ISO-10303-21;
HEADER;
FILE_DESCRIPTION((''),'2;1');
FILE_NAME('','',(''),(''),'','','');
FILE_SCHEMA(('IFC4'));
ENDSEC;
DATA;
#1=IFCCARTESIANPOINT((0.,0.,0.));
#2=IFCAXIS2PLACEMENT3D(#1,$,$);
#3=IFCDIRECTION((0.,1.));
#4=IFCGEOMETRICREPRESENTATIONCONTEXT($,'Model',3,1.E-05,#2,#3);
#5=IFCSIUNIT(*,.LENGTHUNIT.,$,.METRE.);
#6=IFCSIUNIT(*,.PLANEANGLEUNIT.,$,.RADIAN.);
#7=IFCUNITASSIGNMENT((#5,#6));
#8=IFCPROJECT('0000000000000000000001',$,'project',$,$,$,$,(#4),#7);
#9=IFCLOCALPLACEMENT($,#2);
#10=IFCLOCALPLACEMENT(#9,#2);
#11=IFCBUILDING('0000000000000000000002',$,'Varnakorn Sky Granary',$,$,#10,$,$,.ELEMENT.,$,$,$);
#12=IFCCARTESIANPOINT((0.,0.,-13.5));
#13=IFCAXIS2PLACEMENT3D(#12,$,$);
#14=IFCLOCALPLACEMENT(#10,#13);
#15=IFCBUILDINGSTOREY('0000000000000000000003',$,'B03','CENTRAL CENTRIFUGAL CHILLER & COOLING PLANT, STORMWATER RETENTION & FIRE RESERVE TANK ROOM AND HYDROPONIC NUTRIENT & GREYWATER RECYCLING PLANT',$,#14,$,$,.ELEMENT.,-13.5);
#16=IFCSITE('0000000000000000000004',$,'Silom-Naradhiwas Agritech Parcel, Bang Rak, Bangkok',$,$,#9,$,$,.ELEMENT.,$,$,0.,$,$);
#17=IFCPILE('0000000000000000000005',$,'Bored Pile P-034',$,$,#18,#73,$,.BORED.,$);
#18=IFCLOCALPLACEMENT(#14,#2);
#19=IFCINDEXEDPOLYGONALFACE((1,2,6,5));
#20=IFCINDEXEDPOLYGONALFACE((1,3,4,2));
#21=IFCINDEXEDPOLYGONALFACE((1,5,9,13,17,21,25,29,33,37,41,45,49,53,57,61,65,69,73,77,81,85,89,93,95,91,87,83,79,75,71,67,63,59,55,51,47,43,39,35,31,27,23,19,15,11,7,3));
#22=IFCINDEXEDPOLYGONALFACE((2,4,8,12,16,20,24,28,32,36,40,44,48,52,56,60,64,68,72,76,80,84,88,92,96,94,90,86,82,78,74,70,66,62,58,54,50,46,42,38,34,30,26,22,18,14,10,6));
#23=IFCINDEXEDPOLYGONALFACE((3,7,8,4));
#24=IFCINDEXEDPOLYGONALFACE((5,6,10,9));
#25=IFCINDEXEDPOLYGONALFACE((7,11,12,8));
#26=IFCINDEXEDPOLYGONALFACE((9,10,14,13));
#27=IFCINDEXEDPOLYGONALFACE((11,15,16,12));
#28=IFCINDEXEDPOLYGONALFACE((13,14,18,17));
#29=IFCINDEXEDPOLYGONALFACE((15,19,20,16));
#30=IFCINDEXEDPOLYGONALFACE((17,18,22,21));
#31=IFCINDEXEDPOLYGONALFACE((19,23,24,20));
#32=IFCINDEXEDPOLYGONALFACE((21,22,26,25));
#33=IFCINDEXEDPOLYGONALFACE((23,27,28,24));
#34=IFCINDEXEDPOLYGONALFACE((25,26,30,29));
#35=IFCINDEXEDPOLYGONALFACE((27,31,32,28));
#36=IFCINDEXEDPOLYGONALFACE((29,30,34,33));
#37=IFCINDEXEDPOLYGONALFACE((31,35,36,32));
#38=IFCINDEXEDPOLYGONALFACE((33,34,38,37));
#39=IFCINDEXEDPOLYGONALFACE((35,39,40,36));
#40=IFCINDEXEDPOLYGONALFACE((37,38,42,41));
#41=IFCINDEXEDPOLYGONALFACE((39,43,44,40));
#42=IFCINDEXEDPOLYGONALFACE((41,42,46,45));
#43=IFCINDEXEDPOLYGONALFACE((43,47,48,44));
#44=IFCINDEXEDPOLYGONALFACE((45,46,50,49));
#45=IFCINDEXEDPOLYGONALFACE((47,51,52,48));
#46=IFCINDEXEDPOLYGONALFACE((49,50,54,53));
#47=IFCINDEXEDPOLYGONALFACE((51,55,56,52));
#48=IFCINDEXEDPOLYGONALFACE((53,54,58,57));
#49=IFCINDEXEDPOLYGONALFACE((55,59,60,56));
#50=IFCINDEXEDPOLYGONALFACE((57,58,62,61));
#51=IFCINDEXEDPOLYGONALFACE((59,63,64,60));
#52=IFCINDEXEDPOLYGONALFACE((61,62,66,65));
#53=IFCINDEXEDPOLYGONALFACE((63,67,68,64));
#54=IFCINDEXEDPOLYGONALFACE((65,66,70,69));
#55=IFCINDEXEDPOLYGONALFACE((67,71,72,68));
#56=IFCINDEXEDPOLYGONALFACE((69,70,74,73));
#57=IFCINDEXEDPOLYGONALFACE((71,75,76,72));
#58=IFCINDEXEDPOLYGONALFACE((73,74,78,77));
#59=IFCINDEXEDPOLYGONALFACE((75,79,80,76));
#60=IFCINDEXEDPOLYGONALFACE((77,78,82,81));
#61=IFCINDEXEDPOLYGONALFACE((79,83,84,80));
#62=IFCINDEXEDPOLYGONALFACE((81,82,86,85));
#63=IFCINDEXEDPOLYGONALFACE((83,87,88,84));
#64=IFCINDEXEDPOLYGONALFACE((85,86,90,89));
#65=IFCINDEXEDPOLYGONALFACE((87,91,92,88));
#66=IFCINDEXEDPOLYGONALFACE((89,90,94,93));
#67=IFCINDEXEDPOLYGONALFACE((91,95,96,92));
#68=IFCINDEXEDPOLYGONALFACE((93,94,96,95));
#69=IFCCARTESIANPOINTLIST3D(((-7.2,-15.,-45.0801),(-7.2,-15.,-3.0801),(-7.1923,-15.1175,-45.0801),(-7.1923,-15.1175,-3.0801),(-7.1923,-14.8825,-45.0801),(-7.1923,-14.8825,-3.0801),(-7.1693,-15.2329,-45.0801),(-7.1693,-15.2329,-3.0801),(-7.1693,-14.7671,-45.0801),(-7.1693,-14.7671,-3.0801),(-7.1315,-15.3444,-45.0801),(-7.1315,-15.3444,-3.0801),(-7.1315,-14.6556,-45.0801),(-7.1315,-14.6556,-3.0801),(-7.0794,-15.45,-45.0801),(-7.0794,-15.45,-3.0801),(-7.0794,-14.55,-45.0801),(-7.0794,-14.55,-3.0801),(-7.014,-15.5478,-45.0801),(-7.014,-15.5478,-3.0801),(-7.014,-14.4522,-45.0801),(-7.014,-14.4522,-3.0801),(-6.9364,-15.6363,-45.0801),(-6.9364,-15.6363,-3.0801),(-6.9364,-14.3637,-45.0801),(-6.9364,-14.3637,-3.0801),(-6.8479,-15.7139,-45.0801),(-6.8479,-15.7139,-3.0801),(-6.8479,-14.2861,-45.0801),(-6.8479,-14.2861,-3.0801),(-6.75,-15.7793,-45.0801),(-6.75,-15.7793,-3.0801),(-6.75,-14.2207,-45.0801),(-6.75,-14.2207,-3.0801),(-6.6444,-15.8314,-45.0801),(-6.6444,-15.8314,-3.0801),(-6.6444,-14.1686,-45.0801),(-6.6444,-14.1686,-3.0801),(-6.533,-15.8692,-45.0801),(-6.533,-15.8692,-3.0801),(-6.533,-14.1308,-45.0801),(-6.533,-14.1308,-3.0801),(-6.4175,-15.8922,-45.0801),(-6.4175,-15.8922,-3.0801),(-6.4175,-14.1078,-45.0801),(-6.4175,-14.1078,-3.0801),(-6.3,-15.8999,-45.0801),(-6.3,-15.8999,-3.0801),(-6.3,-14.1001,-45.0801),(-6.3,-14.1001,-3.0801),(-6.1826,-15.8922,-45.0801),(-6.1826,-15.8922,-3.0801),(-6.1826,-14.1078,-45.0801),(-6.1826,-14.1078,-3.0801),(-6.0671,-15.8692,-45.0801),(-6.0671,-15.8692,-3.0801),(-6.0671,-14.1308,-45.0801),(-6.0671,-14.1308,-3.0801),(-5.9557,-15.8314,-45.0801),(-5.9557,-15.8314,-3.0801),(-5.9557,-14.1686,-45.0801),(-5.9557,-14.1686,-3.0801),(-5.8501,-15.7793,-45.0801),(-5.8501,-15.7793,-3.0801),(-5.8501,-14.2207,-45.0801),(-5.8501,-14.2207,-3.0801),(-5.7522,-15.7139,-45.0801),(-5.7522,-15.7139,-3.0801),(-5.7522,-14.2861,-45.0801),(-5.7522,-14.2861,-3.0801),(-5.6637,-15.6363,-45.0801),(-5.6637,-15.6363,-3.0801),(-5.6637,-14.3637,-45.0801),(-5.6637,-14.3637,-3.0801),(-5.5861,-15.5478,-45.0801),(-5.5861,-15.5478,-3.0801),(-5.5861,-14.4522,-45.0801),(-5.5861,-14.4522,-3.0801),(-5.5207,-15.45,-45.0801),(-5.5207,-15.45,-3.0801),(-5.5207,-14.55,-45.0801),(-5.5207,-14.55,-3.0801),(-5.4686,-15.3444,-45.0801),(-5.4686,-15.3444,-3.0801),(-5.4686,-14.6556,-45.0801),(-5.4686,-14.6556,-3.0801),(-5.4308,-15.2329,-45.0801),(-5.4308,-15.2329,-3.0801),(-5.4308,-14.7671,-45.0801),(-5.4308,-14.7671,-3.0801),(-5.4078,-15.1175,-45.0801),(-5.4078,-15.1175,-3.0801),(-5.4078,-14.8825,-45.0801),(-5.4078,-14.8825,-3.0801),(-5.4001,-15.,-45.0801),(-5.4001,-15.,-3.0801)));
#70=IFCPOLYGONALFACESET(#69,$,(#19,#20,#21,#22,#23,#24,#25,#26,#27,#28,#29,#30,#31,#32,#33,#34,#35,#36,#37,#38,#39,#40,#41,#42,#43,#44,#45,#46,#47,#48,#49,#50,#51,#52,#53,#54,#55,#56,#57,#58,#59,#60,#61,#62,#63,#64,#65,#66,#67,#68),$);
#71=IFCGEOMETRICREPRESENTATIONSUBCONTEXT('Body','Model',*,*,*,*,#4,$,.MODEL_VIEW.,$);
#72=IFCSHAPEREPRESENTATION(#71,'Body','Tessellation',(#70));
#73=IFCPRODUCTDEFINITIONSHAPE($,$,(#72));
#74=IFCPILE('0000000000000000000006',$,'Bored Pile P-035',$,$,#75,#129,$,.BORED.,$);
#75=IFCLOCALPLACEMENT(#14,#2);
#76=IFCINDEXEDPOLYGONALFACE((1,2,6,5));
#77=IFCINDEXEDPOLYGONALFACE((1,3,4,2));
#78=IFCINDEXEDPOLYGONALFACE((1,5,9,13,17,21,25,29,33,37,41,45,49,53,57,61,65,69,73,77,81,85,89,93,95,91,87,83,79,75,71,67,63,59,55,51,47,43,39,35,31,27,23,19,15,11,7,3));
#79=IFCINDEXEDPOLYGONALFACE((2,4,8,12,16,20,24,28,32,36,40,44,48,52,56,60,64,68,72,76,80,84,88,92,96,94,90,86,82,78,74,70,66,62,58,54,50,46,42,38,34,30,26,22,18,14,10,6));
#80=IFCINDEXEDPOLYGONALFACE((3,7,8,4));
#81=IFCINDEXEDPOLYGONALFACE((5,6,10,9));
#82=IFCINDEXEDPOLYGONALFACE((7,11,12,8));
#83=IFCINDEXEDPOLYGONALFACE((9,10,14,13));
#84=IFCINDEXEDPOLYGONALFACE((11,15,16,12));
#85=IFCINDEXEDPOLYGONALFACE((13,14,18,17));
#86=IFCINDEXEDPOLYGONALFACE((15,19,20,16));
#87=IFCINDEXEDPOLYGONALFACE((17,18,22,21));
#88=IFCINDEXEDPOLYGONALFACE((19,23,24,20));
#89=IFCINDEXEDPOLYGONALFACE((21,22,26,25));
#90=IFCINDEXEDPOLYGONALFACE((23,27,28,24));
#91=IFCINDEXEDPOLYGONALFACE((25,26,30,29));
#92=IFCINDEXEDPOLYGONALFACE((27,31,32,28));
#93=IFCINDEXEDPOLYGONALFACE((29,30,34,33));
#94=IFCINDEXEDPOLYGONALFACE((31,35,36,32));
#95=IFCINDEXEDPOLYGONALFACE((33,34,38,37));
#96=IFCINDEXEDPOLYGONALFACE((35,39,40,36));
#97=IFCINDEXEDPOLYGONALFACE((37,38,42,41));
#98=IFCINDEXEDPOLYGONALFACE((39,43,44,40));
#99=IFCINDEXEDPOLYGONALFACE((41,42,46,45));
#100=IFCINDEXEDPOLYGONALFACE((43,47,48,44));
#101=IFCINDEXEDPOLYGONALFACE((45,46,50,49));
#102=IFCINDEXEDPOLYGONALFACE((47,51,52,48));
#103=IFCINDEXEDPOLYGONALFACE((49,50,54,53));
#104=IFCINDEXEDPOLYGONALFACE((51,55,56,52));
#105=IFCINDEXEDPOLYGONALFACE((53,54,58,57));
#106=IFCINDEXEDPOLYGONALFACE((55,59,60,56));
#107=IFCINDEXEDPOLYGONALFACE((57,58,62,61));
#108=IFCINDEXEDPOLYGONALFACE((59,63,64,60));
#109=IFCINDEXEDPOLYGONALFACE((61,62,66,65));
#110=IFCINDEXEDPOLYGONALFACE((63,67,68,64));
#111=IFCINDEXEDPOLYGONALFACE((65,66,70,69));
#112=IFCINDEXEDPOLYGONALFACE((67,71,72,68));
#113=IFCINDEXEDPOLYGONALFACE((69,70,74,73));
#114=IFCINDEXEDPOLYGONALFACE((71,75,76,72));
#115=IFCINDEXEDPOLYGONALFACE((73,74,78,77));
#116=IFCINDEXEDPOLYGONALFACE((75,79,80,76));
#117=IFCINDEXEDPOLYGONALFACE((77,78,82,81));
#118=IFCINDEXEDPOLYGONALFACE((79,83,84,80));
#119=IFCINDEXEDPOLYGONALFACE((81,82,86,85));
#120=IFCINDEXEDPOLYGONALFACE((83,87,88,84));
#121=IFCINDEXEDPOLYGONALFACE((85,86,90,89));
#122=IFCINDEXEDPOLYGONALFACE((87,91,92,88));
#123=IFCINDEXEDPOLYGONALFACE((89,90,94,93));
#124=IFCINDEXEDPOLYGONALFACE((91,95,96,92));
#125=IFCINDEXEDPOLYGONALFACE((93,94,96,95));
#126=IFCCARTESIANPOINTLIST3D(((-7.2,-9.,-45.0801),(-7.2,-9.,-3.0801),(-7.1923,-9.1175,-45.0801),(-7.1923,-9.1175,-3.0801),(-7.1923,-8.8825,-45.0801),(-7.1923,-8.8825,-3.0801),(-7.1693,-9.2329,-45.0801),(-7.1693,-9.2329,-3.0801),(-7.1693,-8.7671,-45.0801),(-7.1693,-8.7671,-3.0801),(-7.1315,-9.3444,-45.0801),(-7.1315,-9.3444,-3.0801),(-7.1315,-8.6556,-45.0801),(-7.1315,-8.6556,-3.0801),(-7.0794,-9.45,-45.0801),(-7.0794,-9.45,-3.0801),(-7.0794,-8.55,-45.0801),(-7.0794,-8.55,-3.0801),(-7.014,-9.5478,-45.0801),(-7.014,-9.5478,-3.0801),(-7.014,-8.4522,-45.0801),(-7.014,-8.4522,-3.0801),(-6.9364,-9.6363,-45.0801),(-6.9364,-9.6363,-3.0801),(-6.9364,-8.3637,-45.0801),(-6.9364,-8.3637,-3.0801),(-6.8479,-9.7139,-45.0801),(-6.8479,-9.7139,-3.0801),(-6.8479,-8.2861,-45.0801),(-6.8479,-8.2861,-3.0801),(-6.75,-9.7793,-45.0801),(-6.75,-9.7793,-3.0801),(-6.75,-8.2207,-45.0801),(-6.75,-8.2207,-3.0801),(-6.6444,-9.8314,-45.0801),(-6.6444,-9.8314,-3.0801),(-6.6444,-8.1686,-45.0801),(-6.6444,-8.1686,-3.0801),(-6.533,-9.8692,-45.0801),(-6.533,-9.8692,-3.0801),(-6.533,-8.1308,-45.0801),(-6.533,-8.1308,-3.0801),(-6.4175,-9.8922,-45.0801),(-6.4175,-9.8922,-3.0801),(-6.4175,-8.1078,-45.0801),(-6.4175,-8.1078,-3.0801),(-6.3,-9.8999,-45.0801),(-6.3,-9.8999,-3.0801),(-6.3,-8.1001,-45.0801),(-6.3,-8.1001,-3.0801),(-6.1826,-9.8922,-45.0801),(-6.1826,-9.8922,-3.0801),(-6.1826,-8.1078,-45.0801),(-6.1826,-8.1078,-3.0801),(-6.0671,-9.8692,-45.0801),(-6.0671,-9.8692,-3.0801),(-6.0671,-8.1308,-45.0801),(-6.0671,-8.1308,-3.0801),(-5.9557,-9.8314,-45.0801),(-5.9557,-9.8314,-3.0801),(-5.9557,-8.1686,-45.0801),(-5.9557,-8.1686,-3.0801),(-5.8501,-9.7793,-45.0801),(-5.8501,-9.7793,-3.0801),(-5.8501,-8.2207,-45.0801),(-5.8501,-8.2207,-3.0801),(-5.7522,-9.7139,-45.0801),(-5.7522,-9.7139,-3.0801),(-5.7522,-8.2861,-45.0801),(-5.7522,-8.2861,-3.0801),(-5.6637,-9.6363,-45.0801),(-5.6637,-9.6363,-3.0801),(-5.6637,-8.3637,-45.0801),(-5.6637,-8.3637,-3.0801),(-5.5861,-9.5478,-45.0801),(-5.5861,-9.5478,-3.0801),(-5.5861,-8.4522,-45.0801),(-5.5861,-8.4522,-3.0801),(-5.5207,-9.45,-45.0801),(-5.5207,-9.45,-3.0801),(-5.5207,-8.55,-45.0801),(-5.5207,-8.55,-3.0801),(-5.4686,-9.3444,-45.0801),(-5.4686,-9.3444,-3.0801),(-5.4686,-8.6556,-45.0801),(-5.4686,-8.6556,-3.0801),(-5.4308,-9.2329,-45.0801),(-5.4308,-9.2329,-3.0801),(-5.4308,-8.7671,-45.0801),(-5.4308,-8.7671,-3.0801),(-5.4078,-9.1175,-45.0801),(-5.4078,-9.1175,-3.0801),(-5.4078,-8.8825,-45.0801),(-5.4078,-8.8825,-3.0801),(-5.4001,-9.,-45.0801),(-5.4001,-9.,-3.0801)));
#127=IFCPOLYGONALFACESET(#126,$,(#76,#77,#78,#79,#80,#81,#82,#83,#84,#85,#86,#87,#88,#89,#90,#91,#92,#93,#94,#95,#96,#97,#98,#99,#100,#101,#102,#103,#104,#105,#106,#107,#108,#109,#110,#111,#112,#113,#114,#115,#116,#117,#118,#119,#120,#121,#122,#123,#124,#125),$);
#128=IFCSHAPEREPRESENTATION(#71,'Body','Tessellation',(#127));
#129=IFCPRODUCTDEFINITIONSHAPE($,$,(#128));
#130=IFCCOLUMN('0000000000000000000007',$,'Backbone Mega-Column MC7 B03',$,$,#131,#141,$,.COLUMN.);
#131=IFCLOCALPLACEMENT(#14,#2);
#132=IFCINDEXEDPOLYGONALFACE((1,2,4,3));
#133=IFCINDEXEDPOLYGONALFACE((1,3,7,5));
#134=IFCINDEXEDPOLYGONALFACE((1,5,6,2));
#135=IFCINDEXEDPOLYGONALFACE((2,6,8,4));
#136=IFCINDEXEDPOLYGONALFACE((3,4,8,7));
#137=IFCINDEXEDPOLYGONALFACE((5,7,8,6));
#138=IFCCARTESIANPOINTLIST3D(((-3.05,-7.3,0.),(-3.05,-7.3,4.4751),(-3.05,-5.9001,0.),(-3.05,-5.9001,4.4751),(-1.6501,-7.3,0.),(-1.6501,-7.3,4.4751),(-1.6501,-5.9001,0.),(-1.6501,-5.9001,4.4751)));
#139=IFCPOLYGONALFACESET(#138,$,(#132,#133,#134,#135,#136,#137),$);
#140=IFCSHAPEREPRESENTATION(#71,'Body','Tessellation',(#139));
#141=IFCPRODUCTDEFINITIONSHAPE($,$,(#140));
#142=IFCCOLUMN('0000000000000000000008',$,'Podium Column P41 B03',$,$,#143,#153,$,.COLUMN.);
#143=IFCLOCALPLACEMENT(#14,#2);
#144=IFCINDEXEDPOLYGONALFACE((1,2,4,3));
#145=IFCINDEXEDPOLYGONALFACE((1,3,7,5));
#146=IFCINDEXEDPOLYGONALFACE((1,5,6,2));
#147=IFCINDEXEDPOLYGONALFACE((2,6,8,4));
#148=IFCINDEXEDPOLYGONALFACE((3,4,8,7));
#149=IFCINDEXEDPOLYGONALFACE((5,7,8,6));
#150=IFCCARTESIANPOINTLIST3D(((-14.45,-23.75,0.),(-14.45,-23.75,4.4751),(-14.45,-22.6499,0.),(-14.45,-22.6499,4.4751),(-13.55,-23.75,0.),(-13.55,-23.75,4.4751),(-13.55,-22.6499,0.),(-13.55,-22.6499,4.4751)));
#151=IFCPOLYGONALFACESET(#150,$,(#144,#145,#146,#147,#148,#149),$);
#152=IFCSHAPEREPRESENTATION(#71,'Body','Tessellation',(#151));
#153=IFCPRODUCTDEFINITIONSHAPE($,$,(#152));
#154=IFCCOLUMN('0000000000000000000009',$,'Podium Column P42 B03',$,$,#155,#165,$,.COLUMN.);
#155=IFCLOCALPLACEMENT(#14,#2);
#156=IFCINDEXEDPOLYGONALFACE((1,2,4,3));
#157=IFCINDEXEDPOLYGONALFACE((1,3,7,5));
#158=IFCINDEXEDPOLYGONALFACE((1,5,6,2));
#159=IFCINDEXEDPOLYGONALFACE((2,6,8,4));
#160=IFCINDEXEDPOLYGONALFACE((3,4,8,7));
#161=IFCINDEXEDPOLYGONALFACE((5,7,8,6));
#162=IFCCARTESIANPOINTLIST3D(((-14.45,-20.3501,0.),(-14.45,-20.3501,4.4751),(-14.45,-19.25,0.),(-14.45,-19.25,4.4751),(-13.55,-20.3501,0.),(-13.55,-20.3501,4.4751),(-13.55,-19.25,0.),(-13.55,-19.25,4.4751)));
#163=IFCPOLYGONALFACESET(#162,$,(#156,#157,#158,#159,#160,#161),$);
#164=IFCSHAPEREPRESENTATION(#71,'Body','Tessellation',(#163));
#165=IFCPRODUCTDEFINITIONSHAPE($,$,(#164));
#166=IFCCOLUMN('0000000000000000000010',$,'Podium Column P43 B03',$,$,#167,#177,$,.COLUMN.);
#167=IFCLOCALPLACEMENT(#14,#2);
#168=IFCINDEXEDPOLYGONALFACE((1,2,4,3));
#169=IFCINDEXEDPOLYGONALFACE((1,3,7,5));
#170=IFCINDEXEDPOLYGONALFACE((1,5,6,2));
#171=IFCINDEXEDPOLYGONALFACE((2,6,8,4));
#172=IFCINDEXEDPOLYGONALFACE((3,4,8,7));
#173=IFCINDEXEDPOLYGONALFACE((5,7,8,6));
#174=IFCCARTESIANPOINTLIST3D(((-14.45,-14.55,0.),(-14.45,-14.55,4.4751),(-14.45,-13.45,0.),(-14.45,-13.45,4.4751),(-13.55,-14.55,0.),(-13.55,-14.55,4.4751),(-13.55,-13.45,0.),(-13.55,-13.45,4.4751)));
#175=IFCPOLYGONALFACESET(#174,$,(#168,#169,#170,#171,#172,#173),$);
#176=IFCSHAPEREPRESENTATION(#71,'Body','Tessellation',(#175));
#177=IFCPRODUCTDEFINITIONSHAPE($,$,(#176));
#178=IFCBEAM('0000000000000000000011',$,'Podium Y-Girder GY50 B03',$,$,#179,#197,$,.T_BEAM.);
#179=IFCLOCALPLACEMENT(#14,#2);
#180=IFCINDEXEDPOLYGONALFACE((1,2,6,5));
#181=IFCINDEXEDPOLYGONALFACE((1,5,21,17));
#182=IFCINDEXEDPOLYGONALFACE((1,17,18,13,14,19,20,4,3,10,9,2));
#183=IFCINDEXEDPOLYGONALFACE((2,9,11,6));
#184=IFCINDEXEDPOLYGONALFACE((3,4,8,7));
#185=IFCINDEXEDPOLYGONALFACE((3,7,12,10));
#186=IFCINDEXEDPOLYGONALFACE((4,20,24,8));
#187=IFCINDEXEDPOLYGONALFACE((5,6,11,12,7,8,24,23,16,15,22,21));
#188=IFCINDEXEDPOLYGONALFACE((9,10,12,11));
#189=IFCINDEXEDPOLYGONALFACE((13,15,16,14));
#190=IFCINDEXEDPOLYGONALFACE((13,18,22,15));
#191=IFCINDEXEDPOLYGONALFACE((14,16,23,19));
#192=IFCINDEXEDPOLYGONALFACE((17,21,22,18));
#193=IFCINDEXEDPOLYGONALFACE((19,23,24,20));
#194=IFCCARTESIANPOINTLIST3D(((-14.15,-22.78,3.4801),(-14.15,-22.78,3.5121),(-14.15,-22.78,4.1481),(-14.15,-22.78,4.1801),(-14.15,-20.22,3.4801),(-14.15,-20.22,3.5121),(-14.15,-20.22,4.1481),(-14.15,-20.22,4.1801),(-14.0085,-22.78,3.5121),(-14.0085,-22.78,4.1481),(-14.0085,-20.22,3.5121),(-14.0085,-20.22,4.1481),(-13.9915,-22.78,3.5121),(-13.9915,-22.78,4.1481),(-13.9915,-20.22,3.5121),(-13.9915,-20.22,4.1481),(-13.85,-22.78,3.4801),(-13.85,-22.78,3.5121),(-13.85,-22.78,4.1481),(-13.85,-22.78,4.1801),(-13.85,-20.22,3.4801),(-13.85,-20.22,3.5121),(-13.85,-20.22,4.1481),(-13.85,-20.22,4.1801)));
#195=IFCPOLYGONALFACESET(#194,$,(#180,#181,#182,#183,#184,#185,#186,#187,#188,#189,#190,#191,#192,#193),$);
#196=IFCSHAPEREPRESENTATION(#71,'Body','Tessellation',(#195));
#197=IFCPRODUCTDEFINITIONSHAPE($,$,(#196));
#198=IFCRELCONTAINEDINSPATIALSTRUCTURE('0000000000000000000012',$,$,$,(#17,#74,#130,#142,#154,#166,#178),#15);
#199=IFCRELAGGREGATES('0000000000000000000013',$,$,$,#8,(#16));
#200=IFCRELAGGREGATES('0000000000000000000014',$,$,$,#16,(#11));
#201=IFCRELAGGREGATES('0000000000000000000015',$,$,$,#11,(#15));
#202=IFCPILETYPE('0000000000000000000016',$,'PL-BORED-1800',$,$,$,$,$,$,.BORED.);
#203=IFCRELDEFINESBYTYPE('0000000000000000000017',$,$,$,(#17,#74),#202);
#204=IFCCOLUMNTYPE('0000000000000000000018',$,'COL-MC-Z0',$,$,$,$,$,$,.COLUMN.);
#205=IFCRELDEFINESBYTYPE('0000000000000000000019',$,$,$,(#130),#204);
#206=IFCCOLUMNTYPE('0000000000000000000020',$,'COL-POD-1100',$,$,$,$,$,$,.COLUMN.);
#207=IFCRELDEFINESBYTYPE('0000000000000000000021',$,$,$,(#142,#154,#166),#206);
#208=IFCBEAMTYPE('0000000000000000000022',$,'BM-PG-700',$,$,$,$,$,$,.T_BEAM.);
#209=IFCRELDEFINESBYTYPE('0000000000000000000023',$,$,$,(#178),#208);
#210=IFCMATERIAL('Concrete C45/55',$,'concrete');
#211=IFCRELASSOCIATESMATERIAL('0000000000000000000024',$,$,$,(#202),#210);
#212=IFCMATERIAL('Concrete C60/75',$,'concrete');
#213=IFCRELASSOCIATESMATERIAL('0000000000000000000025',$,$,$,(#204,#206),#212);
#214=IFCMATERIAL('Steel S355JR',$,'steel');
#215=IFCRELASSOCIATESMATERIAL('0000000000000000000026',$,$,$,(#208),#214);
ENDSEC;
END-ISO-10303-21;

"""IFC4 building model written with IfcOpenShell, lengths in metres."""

from ifc_helpers import new_model, si_unit, direction, frame, origin, origin_2d, place, context, subcontext, project, spatial, rectangle, circle, i_section, extrude, material, material_profile, profile_set, type_object, element, save


model = new_model("IFC4")

# Units and contexts
model_context = context("Model", 3, precision=1e-05, world=origin(), true_north=direction((0.0, 1.0)))
body_context = subcontext(model_context, "Body", "Model", "MODEL_VIEW")
ifc_project = project(units=[si_unit("LENGTHUNIT", "METRE"), si_unit("PLANEANGLEUNIT", "RADIAN")], contexts=[model_context])

# Site, building, storey
site_placement = place(None, origin())
site = spatial("IfcSite", under=ifc_project, at=site_placement, Name="Silom-Naradhiwas Agritech Parcel, Bang Rak, Bangkok", CompositionType="ELEMENT", RefElevation=0.0)
building_placement = place(site_placement, origin())
building = spatial("IfcBuilding", under=site, at=building_placement, Name="Varnakorn Sky Granary", CompositionType="ELEMENT")
storey_placement = place(building_placement, frame((0.0, 0.0, -13.5)))
storey = spatial("IfcBuildingStorey", under=building, at=storey_placement, Name="B03", Description="CENTRAL CENTRIFUGAL CHILLER & COOLING PLANT, STORMWATER RETENTION & FIRE RESERVE TANK ROOM AND HYDROPONIC NUTRIENT & GREYWATER RECYCLING PLANT", CompositionType="ELEMENT", Elevation=-13.5)

# Piles
ifc_material_1 = material(Name="Concrete C45/55", Category="concrete")
ifc_material_profile_1 = material_profile(ifc_material_1, circle(Radius=0.8999, at=origin_2d()), Name="PILE D1800")
ifc_profile_set_1 = profile_set([ifc_material_profile_1], Name="Concrete C45/55")
pile_type_1 = type_object("IfcPileType", Name="PL-BORED-1800", PredefinedType="BORED", material=ifc_profile_set_1)
for number, where, z_axis, x_axis, name in (
    (1, (-6.3, -15.0, -3.0801), (0.0, 0.0, -1.0), (1.0, 0.0, 0.0), "Bored Pile P-034"),
    (2, (-6.3, -9.0, -3.0801), (0.0, 0.0, -1.0), (1.0, 0.0, 0.0), "Bored Pile P-035"),
):
    element("IfcPile", number, at=place(storey_placement, frame(where, z_axis=z_axis, x_axis=x_axis)), inside=storey, type_object=pile_type_1, Name=name, PredefinedType="BORED", context=body_context, shape_type="SweptSolid", body=[
        extrude(circle(Radius=0.8999, at=origin_2d()), origin(), (0.0, 0.0, 1.0), 42.0),
    ])

# Columns
ifc_material_2 = material(Name="Concrete C60/75", Category="concrete")
ifc_material_profile_2 = material_profile(ifc_material_2, rectangle(XDim=1.3999, YDim=1.3999, at=origin_2d()), Name="RC 1400x1400")
ifc_profile_set_2 = profile_set([ifc_material_profile_2], Name="Concrete C60/75")
column_type_1 = type_object("IfcColumnType", Name="COL-MC-Z0", PredefinedType="COLUMN", material=ifc_profile_set_2)
column_placement = place(storey_placement, frame((-2.3501, -6.6001, 0.0), z_axis=(0.0, 0.0, 1.0), x_axis=(1.0, 0.0, 0.0)))
element("IfcColumn", 3, at=column_placement, inside=storey, type_object=column_type_1, Name="Backbone Mega-Column MC7 B03", PredefinedType="COLUMN", context=body_context, shape_type="SweptSolid", body=[
    extrude(rectangle(XDim=1.3999, YDim=1.3999, at=origin_2d()), origin(), (0.0, 0.0, 1.0), 4.4751),
])
ifc_material_profile_3 = material_profile(ifc_material_2, rectangle(XDim=0.8999, YDim=1.1001, at=origin_2d()), Name="RC 900x1100")
ifc_profile_set_3 = profile_set([ifc_material_profile_3], Name="Concrete C60/75")
column_type_2 = type_object("IfcColumnType", Name="COL-POD-1100", PredefinedType="COLUMN", material=ifc_profile_set_3)
for number, where, z_axis, x_axis, name in (
    (4, (-14.0, -23.2, 0.0), (0.0, 0.0, 1.0), (1.0, 0.0, 0.0), "Podium Column P41 B03"),
    (5, (-14.0, -19.8, 0.0), (0.0, 0.0, 1.0), (1.0, 0.0, 0.0), "Podium Column P42 B03"),
    (6, (-14.0, -14.0, 0.0), (0.0, 0.0, 1.0), (1.0, 0.0, 0.0), "Podium Column P43 B03"),
):
    element("IfcColumn", number, at=place(storey_placement, frame(where, z_axis=z_axis, x_axis=x_axis)), inside=storey, type_object=column_type_2, Name=name, PredefinedType="COLUMN", context=body_context, shape_type="SweptSolid", body=[
        extrude(rectangle(XDim=0.8999, YDim=1.1001, at=origin_2d()), origin(), (0.0, 0.0, 1.0), 4.4751),
    ])

# Beam
ifc_material_3 = material(Name="Steel S355JR", Category="steel")
ifc_material_profile_4 = material_profile(ifc_material_3, i_section(OverallWidth=0.3, OverallDepth=0.7, WebThickness=0.0171, FlangeThickness=0.032, at=origin_2d()), Name="HE 700 B")
ifc_profile_set_4 = profile_set([ifc_material_profile_4], Name="Steel S355JR")
beam_type_1 = type_object("IfcBeamType", Name="BM-PG-700", PredefinedType="T_BEAM", material=ifc_profile_set_4)
beam_1_placement = place(storey_placement, frame((-14.0, -22.78, 3.8301), z_axis=(0.0, 1.0, 0.0), x_axis=(-1.0, 0.0, 0.0)))
element("IfcBeam", 7, at=beam_1_placement, inside=storey, type_object=beam_type_1, Name="Podium Y-Girder GY50 B03", PredefinedType="T_BEAM", context=body_context, shape_type="SweptSolid", body=[
    extrude(i_section(OverallWidth=0.3, OverallDepth=0.7, WebThickness=0.0171, FlangeThickness=0.032, at=origin_2d()), origin(), (0.0, 0.0, 1.0), 2.5601),
])

save(model, "model.ifc")
